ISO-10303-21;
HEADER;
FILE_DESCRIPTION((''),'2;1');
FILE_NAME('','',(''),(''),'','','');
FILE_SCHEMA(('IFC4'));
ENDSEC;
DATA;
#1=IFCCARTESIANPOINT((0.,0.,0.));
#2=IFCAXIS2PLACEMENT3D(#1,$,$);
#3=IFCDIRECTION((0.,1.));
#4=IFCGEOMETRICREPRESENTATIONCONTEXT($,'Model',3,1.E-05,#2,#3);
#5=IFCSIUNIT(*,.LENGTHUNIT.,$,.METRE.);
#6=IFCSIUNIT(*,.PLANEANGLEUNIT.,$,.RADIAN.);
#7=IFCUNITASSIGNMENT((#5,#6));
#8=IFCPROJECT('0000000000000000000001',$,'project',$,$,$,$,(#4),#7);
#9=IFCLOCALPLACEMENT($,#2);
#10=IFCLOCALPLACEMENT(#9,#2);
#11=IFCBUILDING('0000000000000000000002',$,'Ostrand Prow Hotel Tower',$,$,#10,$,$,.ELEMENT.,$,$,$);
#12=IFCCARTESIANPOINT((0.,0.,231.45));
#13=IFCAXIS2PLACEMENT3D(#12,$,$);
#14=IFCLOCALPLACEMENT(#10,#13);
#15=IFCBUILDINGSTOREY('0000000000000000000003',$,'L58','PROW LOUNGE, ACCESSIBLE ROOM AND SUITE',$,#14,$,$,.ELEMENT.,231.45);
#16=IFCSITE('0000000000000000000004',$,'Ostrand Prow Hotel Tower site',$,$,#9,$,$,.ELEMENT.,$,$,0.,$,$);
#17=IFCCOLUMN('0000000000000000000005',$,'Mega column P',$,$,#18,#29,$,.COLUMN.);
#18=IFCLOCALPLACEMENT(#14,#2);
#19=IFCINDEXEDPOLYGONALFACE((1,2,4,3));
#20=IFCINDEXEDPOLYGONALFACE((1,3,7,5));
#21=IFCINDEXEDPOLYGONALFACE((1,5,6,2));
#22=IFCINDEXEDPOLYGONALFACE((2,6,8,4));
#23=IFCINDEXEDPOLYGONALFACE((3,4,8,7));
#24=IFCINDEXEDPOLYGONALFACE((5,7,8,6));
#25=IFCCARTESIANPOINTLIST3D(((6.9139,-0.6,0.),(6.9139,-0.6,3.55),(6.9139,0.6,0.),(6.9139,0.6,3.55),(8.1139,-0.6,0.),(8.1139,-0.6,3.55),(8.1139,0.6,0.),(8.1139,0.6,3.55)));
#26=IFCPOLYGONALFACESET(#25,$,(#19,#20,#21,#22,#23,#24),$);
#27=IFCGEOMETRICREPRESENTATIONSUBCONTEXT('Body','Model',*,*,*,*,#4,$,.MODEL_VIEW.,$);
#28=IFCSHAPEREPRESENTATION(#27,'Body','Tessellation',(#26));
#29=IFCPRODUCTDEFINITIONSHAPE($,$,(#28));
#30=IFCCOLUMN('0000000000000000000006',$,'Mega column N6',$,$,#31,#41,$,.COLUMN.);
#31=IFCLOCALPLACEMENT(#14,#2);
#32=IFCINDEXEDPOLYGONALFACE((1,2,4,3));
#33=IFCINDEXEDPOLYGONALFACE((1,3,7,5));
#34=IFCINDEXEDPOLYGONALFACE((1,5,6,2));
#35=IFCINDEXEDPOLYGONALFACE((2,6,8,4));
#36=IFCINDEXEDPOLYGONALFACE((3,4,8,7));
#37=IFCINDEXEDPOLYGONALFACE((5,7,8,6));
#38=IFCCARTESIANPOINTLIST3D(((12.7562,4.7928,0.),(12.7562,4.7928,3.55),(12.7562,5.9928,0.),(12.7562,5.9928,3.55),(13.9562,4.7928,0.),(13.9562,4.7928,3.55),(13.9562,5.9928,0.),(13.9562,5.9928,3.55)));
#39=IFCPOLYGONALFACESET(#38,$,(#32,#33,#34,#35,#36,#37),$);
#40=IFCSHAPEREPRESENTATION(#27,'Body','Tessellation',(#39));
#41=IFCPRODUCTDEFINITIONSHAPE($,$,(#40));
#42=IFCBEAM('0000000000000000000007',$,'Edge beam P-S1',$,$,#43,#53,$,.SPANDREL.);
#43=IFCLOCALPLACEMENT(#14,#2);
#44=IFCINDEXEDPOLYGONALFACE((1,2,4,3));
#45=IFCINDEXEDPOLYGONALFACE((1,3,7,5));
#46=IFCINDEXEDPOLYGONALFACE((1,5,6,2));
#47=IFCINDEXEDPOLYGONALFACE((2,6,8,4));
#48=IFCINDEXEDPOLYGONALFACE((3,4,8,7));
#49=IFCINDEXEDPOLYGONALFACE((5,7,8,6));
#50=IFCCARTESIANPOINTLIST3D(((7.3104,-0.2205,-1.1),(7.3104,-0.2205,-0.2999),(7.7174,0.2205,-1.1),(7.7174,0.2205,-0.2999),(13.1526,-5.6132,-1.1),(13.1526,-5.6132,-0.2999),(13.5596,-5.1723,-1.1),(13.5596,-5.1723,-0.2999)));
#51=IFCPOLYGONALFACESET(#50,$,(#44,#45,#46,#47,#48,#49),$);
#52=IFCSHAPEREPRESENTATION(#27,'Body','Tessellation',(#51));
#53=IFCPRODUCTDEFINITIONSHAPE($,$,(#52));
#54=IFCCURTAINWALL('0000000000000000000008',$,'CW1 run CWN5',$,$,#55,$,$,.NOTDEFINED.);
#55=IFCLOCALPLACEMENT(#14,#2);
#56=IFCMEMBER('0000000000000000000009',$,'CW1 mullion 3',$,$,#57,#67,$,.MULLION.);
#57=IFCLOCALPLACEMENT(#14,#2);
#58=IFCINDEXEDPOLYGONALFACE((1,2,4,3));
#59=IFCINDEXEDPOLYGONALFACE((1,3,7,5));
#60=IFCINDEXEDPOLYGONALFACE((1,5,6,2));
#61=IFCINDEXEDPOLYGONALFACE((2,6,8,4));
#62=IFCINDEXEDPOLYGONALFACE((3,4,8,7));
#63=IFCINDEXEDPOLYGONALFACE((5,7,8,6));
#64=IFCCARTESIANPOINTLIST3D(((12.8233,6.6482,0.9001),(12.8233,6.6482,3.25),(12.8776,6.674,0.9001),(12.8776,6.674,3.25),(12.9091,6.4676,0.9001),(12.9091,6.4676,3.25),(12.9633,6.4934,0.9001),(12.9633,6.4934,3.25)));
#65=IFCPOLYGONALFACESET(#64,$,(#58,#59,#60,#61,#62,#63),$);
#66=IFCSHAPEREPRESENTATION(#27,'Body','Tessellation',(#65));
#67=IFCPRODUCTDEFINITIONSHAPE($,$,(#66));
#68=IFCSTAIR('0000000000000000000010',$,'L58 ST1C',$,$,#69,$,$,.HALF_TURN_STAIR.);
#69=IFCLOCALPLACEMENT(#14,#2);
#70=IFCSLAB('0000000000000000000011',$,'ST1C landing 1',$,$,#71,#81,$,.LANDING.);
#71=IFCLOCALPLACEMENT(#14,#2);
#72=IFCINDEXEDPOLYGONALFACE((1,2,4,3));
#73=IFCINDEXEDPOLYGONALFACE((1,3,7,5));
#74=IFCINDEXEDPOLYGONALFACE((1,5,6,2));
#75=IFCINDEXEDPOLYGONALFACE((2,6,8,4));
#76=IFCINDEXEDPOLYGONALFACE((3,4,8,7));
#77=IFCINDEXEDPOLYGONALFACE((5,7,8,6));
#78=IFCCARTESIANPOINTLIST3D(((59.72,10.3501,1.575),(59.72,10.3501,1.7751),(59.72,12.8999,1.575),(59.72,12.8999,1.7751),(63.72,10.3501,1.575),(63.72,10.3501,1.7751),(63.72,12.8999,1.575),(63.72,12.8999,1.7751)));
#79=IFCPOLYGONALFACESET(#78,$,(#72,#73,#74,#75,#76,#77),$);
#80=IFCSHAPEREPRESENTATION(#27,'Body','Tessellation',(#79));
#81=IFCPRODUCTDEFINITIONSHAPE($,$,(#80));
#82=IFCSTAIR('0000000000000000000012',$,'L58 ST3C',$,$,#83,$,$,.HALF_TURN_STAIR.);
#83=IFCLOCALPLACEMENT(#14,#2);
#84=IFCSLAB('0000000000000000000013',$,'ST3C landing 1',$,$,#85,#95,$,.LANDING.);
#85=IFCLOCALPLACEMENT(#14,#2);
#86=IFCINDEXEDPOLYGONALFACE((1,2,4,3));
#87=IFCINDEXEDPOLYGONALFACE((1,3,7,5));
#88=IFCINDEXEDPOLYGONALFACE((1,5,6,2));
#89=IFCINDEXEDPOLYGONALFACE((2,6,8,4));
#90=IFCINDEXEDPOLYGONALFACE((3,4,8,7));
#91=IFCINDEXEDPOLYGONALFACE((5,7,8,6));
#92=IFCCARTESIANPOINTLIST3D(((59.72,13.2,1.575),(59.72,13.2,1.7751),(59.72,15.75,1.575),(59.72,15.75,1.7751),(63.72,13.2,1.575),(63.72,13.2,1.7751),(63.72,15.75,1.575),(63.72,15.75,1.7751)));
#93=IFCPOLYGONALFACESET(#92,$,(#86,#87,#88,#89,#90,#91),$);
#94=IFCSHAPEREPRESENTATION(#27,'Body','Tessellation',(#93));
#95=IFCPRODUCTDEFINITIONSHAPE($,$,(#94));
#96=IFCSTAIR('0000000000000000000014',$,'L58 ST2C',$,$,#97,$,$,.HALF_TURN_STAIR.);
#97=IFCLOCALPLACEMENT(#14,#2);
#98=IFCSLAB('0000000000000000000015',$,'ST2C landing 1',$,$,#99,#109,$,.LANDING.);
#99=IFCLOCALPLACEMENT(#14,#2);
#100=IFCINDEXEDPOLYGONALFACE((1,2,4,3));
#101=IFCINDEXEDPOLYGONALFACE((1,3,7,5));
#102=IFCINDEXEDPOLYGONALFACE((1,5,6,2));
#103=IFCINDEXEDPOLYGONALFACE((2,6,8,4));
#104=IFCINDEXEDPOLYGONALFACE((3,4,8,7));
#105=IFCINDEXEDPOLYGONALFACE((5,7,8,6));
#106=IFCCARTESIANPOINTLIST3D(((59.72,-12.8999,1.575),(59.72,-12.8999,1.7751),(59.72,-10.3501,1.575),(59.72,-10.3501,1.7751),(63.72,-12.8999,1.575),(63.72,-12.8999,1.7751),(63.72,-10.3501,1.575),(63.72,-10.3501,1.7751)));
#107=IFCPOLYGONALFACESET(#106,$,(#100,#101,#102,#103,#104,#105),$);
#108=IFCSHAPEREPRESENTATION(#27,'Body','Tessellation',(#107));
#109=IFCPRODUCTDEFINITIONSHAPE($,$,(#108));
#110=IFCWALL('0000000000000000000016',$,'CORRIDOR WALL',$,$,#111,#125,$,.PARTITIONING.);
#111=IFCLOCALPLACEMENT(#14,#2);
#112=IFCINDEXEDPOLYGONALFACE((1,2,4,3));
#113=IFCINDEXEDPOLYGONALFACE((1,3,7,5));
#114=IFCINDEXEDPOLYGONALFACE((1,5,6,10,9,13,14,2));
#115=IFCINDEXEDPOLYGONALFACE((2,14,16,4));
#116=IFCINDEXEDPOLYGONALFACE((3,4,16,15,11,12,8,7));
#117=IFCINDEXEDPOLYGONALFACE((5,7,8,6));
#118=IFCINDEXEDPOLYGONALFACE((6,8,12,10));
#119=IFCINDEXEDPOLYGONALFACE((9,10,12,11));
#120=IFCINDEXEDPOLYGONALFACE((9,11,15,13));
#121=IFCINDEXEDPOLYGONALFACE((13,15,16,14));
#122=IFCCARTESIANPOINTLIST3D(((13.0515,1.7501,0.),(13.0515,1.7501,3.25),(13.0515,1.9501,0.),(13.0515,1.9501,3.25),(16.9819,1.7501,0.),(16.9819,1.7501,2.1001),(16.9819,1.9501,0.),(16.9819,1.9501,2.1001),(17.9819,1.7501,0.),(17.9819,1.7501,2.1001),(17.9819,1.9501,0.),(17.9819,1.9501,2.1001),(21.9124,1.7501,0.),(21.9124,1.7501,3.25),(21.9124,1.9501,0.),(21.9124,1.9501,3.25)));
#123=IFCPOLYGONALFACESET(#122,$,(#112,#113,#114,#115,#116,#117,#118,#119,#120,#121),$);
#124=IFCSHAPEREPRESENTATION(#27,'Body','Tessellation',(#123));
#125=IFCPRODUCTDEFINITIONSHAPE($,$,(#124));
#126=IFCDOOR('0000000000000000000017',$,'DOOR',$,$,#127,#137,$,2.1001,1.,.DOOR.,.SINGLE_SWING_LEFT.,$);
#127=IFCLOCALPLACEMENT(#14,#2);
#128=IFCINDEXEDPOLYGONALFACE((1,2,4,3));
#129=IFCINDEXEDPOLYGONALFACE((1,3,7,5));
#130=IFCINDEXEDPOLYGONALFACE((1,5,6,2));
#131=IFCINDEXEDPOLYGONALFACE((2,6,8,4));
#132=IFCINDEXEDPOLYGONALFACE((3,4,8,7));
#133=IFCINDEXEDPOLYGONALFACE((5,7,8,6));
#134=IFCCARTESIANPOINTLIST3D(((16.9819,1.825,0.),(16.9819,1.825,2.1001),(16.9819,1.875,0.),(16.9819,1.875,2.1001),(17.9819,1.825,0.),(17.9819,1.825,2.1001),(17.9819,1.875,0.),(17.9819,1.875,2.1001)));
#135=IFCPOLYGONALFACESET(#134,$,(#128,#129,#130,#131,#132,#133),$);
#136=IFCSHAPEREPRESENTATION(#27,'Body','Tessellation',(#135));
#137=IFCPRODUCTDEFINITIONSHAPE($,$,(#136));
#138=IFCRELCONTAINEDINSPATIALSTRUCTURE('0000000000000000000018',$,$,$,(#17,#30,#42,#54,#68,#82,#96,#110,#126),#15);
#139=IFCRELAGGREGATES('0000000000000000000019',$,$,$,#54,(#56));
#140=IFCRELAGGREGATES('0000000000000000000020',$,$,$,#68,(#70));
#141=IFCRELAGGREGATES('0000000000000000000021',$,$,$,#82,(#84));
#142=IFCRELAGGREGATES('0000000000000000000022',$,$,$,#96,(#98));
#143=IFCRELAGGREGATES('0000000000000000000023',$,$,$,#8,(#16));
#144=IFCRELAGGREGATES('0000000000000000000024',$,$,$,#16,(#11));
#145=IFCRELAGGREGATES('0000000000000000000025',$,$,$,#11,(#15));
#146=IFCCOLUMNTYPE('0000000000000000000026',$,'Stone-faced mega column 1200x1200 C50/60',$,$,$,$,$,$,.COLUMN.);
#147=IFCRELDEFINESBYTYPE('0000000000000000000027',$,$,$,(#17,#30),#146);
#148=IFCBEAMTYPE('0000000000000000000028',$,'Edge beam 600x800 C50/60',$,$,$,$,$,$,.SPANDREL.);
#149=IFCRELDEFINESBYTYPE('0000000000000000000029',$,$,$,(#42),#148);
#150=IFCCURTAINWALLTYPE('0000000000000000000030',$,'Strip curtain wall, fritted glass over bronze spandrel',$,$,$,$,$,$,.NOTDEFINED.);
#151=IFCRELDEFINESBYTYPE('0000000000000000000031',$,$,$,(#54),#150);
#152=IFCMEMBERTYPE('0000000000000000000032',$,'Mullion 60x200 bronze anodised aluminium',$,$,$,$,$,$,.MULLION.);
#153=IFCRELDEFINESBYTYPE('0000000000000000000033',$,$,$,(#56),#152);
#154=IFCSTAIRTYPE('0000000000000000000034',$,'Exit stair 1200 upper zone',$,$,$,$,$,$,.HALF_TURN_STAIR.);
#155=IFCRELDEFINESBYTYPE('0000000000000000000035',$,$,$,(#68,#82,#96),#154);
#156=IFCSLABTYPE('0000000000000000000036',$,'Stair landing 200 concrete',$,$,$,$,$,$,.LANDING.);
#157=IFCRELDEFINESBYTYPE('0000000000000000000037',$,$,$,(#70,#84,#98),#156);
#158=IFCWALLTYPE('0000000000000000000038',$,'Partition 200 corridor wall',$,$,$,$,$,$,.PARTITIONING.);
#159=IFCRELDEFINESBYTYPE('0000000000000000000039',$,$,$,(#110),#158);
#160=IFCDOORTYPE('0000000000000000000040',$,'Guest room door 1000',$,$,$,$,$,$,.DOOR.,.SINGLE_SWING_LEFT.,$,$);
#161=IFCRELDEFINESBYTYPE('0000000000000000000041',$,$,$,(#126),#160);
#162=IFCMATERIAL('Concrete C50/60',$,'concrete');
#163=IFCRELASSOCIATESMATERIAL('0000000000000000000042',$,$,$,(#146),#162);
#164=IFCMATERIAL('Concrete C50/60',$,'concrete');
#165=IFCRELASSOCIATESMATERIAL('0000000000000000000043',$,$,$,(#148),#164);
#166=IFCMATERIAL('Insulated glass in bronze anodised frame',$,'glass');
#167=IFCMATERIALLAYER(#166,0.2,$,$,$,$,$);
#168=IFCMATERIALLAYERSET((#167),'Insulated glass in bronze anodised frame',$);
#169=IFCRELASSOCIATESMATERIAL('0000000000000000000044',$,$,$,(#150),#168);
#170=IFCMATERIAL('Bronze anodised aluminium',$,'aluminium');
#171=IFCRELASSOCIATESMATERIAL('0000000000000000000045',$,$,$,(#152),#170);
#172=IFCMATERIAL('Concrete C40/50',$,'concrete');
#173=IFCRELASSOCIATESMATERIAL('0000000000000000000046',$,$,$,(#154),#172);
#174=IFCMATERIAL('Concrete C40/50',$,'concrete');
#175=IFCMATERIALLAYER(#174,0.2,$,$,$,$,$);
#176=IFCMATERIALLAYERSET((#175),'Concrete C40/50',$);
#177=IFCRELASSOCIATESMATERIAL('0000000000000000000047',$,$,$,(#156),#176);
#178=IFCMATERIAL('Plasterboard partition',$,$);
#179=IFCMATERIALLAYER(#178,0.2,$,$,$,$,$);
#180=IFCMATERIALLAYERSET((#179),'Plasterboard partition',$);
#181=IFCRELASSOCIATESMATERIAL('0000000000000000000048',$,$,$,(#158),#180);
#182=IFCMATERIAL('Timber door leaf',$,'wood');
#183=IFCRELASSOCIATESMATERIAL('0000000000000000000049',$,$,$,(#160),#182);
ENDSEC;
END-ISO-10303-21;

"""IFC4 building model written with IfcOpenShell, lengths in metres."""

from ifc_helpers import new_model, si_unit, direction, frame, frame_2d, origin, origin_2d, place, context, subcontext, project, spatial, polyline, rectangle, outline, extrude, material, layer, layer_set, material_profile, profile_set, type_object, element, fill, aggregate, save


model = new_model("IFC4")

# Units and contexts
model_context = context("Model", 3, precision=1e-05, world=origin(), true_north=direction((0.0, 1.0)))
body_context = subcontext(model_context, "Body", "Model", "MODEL_VIEW")
ifc_project = project(units=[si_unit("LENGTHUNIT", "METRE"), si_unit("PLANEANGLEUNIT", "RADIAN")], contexts=[model_context])

# Site, building, storey
site_placement = place(None, origin())
site = spatial("IfcSite", under=ifc_project, at=site_placement, Name="Ostrand Prow Hotel Tower site", CompositionType="ELEMENT", RefElevation=0.0)
building_placement = place(site_placement, origin())
building = spatial("IfcBuilding", under=site, at=building_placement, Name="Ostrand Prow Hotel Tower", CompositionType="ELEMENT")
storey_placement = place(building_placement, frame((0.0, 0.0, 231.45)))
storey = spatial("IfcBuildingStorey", under=building, at=storey_placement, Name="L58", Description="PROW LOUNGE, ACCESSIBLE ROOM AND SUITE", CompositionType="ELEMENT", Elevation=231.45)

# Columns
ifc_material_1 = material(Name="Concrete C50/60", Category="concrete")
ifc_material_profile_1 = material_profile(ifc_material_1, rectangle(XDim=1.2, YDim=1.2, at=origin_2d()), Name="RC 1200x1200")
ifc_profile_set_1 = profile_set([ifc_material_profile_1], Name="Concrete C50/60")
column_type = type_object("IfcColumnType", Name="Stone-faced mega column 1200x1200 C50/60", PredefinedType="COLUMN", material=ifc_profile_set_1)
for number, where, z_axis, x_axis, name in (
    (1, (7.5139, 0.0, 0.0), (0.0, 0.0, 1.0), (1.0, 0.0, 0.0), "Mega column P"),
    (2, (13.3562, 5.3928, 0.0), (0.0, 0.0, 1.0), (1.0, 0.0, 0.0), "Mega column N6"),
):
    element("IfcColumn", number, at=place(storey_placement, frame(where, z_axis=z_axis, x_axis=x_axis)), inside=storey, type_object=column_type, Name=name, PredefinedType="COLUMN", context=body_context, shape_type="SweptSolid", body=[
        extrude(rectangle(XDim=1.2, YDim=1.2, at=origin_2d()), origin(), (0.0, 0.0, 1.0), 3.55),
    ])

# Beam
ifc_material_2 = material(Name="Concrete C50/60", Category="concrete")
ifc_material_profile_2 = material_profile(ifc_material_2, rectangle(XDim=0.6001, YDim=0.8, at=origin_2d()), Name="RC 600x800")
ifc_profile_set_2 = profile_set([ifc_material_profile_2], Name="Concrete C50/60")
beam_type = type_object("IfcBeamType", Name="Edge beam 600x800 C50/60", PredefinedType="SPANDREL", material=ifc_profile_set_2)
beam_placement = place(storey_placement, frame((7.5139, 0.0, -0.7), z_axis=(0.734807, -0.678276, 0.0), x_axis=(0.678276, 0.734807, 0.0)))
element("IfcBeam", 3, at=beam_placement, inside=storey, type_object=beam_type, Name="Edge beam P-S1", PredefinedType="SPANDREL", context=body_context, shape_type="SweptSolid", body=[
    extrude(rectangle(XDim=0.6001, YDim=0.8, at=origin_2d()), origin(), (0.0, 0.0, 1.0), 7.9507),
])

# Curtain wall, member
ifc_material_3 = material(Name="Insulated glass in bronze anodised frame", Category="glass")
ifc_layer_1 = layer(ifc_material_3, 0.2)
ifc_layer_set_1 = layer_set([ifc_layer_1], Name="Insulated glass in bronze anodised frame")
curtain_wall_type = type_object("IfcCurtainWallType", Name="Strip curtain wall, fritted glass over bronze spandrel", PredefinedType="NOTDEFINED", material=ifc_layer_set_1)
curtain_wall_placement = place(storey_placement, origin())
curtain_wall = element("IfcCurtainWall", 4, at=curtain_wall_placement, inside=storey, type_object=curtain_wall_type, Name="CW1 run CWN5", PredefinedType="NOTDEFINED")
ifc_material_4 = material(Name="Bronze anodised aluminium", Category="aluminium")
ifc_material_profile_3 = material_profile(ifc_material_4, rectangle(XDim=0.2, YDim=0.0601, at=origin_2d()), Name="Mullion 60x200 bronze anodised aluminium")
ifc_profile_set_3 = profile_set([ifc_material_profile_3], Name="Bronze anodised aluminium")
member_type = type_object("IfcMemberType", Name="Mullion 60x200 bronze anodised aluminium", PredefinedType="MULLION", material=ifc_profile_set_3)
member_placement = place(storey_placement, frame((12.8933, 6.5708, 0.9001), z_axis=(0.0, 0.0, 1.0), x_axis=(0.428861, -0.90337, 0.0)))
member = element("IfcMember", 5, at=member_placement, type_object=member_type, Name="CW1 mullion 3", PredefinedType="MULLION", context=body_context, shape_type="SweptSolid", body=[
    extrude(rectangle(XDim=0.2, YDim=0.0601, at=origin_2d()), origin(), (0.0, 0.0, 1.0), 2.3499),
])
aggregate(curtain_wall, [member])

# Stairs, slabs
ifc_material_5 = material(Name="Concrete C40/50", Category="concrete")
stair_type = type_object("IfcStairType", Name="Exit stair 1200 upper zone", PredefinedType="HALF_TURN_STAIR", material=ifc_material_5)
stair_1_placement = place(storey_placement, origin())
stair_1 = element("IfcStair", 6, at=stair_1_placement, inside=storey, type_object=stair_type, Name="L58 ST1C", PredefinedType="HALF_TURN_STAIR")
ifc_material_6 = material(Name="Concrete C40/50", Category="concrete")
ifc_layer_2 = layer(ifc_material_6, 0.2)
ifc_layer_set_2 = layer_set([ifc_layer_2], Name="Concrete C40/50")
slab_type = type_object("IfcSlabType", Name="Stair landing 200 concrete", PredefinedType="LANDING", material=ifc_layer_set_2)
slab_1_placement = place(storey_placement, frame((0.0, 0.0, 1.575)))
slab_1 = element("IfcSlab", 7, at=slab_1_placement, type_object=slab_type, Name="ST1C landing 1", PredefinedType="LANDING", context=body_context, shape_type="SweptSolid", body=[
    extrude(outline(polyline([(59.72, 10.3501), (63.72, 10.3501), (63.72, 12.8999), (59.72, 12.8999), (59.72, 10.3501)])), origin(), (0.0, 0.0, 1.0), 0.2002),
])
aggregate(stair_1, [slab_1])
stair_2_placement = place(storey_placement, origin())
stair_2 = element("IfcStair", 8, at=stair_2_placement, inside=storey, type_object=stair_type, Name="L58 ST3C", PredefinedType="HALF_TURN_STAIR")
slab_2_placement = place(storey_placement, frame((0.0, 0.0, 1.575)))
slab_2 = element("IfcSlab", 9, at=slab_2_placement, type_object=slab_type, Name="ST3C landing 1", PredefinedType="LANDING", context=body_context, shape_type="SweptSolid", body=[
    extrude(outline(polyline([(59.72, 13.2), (63.72, 13.2), (63.72, 15.75), (59.72, 15.75), (59.72, 13.2)])), origin(), (0.0, 0.0, 1.0), 0.2002),
])
aggregate(stair_2, [slab_2])
stair_3_placement = place(storey_placement, origin())
stair_3 = element("IfcStair", 10, at=stair_3_placement, inside=storey, type_object=stair_type, Name="L58 ST2C", PredefinedType="HALF_TURN_STAIR")
slab_3_placement = place(storey_placement, frame((0.0, 0.0, 1.575)))
slab_3 = element("IfcSlab", 11, at=slab_3_placement, type_object=slab_type, Name="ST2C landing 1", PredefinedType="LANDING", context=body_context, shape_type="SweptSolid", body=[
    extrude(outline(polyline([(59.72, -12.8999), (63.72, -12.8999), (63.72, -10.3501), (59.72, -10.3501), (59.72, -12.8999)])), origin(), (0.0, 0.0, 1.0), 0.2002),
])
aggregate(stair_3, [slab_3])

# Wall, opening, door
ifc_material_7 = material(Name="Plasterboard partition")
ifc_layer_3 = layer(ifc_material_7, 0.2)
ifc_layer_set_3 = layer_set([ifc_layer_3], Name="Plasterboard partition")
wall_type_1 = type_object("IfcWallType", Name="Partition 200 corridor wall", PredefinedType="PARTITIONING", material=ifc_layer_set_3)
wall_1_placement = place(storey_placement, frame((13.0515, 1.8501, 0.0), z_axis=(0.0, 0.0, 1.0), x_axis=(1.0, 0.0, 0.0)))
wall_1 = element("IfcWall", 12, at=wall_1_placement, inside=storey, type_object=wall_type_1, Name="CORRIDOR WALL", PredefinedType="PARTITIONING", context=body_context, shape_type="SweptSolid", body=[
    extrude(rectangle(XDim=8.8608, YDim=0.2, at=frame_2d((4.4304, 0.0))), origin(), (0.0, 0.0, 1.0), 3.25),
])
opening_1_placement = place(wall_1_placement, frame((3.9304, 0.0, 0.0)))
opening_1 = element("IfcOpeningElement", 13, at=opening_1_placement, cuts=wall_1, PredefinedType="OPENING", context=body_context, shape_type="SweptSolid", body=[
    extrude(rectangle(XDim=1.0, YDim=2.1001, at=frame_2d((0.5, 1.05))), frame((0.0, 0.1099, 0.0), z_axis=(0.0, -1.0, 0.0), x_axis=(1.0, 0.0, 0.0)), (0.0, 0.0, 1.0), 0.22),
])
ifc_material_8 = material(Name="Timber door leaf", Category="wood")
door_type = type_object("IfcDoorType", Name="Guest room door 1000", OperationType="SINGLE_SWING_LEFT", PredefinedType="DOOR", material=ifc_material_8)
door_placement = place(opening_1_placement, origin())
door = element("IfcDoor", 14, at=door_placement, inside=storey, type_object=door_type, Name="DOOR", OperationType="SINGLE_SWING_LEFT", OverallHeight=2.1001, OverallWidth=1.0, PredefinedType="DOOR", context=body_context, shape_type="SweptSolid", body=[
    extrude(rectangle(XDim=1.0, YDim=2.1001, at=frame_2d((0.5, 1.05))), frame((0.0, 0.0249, 0.0), z_axis=(0.0, -1.0, 0.0), x_axis=(1.0, 0.0, 0.0)), (0.0, 0.0, 1.0), 0.05),
])
fill(opening_1, door)

save(model, "model.ifc")
